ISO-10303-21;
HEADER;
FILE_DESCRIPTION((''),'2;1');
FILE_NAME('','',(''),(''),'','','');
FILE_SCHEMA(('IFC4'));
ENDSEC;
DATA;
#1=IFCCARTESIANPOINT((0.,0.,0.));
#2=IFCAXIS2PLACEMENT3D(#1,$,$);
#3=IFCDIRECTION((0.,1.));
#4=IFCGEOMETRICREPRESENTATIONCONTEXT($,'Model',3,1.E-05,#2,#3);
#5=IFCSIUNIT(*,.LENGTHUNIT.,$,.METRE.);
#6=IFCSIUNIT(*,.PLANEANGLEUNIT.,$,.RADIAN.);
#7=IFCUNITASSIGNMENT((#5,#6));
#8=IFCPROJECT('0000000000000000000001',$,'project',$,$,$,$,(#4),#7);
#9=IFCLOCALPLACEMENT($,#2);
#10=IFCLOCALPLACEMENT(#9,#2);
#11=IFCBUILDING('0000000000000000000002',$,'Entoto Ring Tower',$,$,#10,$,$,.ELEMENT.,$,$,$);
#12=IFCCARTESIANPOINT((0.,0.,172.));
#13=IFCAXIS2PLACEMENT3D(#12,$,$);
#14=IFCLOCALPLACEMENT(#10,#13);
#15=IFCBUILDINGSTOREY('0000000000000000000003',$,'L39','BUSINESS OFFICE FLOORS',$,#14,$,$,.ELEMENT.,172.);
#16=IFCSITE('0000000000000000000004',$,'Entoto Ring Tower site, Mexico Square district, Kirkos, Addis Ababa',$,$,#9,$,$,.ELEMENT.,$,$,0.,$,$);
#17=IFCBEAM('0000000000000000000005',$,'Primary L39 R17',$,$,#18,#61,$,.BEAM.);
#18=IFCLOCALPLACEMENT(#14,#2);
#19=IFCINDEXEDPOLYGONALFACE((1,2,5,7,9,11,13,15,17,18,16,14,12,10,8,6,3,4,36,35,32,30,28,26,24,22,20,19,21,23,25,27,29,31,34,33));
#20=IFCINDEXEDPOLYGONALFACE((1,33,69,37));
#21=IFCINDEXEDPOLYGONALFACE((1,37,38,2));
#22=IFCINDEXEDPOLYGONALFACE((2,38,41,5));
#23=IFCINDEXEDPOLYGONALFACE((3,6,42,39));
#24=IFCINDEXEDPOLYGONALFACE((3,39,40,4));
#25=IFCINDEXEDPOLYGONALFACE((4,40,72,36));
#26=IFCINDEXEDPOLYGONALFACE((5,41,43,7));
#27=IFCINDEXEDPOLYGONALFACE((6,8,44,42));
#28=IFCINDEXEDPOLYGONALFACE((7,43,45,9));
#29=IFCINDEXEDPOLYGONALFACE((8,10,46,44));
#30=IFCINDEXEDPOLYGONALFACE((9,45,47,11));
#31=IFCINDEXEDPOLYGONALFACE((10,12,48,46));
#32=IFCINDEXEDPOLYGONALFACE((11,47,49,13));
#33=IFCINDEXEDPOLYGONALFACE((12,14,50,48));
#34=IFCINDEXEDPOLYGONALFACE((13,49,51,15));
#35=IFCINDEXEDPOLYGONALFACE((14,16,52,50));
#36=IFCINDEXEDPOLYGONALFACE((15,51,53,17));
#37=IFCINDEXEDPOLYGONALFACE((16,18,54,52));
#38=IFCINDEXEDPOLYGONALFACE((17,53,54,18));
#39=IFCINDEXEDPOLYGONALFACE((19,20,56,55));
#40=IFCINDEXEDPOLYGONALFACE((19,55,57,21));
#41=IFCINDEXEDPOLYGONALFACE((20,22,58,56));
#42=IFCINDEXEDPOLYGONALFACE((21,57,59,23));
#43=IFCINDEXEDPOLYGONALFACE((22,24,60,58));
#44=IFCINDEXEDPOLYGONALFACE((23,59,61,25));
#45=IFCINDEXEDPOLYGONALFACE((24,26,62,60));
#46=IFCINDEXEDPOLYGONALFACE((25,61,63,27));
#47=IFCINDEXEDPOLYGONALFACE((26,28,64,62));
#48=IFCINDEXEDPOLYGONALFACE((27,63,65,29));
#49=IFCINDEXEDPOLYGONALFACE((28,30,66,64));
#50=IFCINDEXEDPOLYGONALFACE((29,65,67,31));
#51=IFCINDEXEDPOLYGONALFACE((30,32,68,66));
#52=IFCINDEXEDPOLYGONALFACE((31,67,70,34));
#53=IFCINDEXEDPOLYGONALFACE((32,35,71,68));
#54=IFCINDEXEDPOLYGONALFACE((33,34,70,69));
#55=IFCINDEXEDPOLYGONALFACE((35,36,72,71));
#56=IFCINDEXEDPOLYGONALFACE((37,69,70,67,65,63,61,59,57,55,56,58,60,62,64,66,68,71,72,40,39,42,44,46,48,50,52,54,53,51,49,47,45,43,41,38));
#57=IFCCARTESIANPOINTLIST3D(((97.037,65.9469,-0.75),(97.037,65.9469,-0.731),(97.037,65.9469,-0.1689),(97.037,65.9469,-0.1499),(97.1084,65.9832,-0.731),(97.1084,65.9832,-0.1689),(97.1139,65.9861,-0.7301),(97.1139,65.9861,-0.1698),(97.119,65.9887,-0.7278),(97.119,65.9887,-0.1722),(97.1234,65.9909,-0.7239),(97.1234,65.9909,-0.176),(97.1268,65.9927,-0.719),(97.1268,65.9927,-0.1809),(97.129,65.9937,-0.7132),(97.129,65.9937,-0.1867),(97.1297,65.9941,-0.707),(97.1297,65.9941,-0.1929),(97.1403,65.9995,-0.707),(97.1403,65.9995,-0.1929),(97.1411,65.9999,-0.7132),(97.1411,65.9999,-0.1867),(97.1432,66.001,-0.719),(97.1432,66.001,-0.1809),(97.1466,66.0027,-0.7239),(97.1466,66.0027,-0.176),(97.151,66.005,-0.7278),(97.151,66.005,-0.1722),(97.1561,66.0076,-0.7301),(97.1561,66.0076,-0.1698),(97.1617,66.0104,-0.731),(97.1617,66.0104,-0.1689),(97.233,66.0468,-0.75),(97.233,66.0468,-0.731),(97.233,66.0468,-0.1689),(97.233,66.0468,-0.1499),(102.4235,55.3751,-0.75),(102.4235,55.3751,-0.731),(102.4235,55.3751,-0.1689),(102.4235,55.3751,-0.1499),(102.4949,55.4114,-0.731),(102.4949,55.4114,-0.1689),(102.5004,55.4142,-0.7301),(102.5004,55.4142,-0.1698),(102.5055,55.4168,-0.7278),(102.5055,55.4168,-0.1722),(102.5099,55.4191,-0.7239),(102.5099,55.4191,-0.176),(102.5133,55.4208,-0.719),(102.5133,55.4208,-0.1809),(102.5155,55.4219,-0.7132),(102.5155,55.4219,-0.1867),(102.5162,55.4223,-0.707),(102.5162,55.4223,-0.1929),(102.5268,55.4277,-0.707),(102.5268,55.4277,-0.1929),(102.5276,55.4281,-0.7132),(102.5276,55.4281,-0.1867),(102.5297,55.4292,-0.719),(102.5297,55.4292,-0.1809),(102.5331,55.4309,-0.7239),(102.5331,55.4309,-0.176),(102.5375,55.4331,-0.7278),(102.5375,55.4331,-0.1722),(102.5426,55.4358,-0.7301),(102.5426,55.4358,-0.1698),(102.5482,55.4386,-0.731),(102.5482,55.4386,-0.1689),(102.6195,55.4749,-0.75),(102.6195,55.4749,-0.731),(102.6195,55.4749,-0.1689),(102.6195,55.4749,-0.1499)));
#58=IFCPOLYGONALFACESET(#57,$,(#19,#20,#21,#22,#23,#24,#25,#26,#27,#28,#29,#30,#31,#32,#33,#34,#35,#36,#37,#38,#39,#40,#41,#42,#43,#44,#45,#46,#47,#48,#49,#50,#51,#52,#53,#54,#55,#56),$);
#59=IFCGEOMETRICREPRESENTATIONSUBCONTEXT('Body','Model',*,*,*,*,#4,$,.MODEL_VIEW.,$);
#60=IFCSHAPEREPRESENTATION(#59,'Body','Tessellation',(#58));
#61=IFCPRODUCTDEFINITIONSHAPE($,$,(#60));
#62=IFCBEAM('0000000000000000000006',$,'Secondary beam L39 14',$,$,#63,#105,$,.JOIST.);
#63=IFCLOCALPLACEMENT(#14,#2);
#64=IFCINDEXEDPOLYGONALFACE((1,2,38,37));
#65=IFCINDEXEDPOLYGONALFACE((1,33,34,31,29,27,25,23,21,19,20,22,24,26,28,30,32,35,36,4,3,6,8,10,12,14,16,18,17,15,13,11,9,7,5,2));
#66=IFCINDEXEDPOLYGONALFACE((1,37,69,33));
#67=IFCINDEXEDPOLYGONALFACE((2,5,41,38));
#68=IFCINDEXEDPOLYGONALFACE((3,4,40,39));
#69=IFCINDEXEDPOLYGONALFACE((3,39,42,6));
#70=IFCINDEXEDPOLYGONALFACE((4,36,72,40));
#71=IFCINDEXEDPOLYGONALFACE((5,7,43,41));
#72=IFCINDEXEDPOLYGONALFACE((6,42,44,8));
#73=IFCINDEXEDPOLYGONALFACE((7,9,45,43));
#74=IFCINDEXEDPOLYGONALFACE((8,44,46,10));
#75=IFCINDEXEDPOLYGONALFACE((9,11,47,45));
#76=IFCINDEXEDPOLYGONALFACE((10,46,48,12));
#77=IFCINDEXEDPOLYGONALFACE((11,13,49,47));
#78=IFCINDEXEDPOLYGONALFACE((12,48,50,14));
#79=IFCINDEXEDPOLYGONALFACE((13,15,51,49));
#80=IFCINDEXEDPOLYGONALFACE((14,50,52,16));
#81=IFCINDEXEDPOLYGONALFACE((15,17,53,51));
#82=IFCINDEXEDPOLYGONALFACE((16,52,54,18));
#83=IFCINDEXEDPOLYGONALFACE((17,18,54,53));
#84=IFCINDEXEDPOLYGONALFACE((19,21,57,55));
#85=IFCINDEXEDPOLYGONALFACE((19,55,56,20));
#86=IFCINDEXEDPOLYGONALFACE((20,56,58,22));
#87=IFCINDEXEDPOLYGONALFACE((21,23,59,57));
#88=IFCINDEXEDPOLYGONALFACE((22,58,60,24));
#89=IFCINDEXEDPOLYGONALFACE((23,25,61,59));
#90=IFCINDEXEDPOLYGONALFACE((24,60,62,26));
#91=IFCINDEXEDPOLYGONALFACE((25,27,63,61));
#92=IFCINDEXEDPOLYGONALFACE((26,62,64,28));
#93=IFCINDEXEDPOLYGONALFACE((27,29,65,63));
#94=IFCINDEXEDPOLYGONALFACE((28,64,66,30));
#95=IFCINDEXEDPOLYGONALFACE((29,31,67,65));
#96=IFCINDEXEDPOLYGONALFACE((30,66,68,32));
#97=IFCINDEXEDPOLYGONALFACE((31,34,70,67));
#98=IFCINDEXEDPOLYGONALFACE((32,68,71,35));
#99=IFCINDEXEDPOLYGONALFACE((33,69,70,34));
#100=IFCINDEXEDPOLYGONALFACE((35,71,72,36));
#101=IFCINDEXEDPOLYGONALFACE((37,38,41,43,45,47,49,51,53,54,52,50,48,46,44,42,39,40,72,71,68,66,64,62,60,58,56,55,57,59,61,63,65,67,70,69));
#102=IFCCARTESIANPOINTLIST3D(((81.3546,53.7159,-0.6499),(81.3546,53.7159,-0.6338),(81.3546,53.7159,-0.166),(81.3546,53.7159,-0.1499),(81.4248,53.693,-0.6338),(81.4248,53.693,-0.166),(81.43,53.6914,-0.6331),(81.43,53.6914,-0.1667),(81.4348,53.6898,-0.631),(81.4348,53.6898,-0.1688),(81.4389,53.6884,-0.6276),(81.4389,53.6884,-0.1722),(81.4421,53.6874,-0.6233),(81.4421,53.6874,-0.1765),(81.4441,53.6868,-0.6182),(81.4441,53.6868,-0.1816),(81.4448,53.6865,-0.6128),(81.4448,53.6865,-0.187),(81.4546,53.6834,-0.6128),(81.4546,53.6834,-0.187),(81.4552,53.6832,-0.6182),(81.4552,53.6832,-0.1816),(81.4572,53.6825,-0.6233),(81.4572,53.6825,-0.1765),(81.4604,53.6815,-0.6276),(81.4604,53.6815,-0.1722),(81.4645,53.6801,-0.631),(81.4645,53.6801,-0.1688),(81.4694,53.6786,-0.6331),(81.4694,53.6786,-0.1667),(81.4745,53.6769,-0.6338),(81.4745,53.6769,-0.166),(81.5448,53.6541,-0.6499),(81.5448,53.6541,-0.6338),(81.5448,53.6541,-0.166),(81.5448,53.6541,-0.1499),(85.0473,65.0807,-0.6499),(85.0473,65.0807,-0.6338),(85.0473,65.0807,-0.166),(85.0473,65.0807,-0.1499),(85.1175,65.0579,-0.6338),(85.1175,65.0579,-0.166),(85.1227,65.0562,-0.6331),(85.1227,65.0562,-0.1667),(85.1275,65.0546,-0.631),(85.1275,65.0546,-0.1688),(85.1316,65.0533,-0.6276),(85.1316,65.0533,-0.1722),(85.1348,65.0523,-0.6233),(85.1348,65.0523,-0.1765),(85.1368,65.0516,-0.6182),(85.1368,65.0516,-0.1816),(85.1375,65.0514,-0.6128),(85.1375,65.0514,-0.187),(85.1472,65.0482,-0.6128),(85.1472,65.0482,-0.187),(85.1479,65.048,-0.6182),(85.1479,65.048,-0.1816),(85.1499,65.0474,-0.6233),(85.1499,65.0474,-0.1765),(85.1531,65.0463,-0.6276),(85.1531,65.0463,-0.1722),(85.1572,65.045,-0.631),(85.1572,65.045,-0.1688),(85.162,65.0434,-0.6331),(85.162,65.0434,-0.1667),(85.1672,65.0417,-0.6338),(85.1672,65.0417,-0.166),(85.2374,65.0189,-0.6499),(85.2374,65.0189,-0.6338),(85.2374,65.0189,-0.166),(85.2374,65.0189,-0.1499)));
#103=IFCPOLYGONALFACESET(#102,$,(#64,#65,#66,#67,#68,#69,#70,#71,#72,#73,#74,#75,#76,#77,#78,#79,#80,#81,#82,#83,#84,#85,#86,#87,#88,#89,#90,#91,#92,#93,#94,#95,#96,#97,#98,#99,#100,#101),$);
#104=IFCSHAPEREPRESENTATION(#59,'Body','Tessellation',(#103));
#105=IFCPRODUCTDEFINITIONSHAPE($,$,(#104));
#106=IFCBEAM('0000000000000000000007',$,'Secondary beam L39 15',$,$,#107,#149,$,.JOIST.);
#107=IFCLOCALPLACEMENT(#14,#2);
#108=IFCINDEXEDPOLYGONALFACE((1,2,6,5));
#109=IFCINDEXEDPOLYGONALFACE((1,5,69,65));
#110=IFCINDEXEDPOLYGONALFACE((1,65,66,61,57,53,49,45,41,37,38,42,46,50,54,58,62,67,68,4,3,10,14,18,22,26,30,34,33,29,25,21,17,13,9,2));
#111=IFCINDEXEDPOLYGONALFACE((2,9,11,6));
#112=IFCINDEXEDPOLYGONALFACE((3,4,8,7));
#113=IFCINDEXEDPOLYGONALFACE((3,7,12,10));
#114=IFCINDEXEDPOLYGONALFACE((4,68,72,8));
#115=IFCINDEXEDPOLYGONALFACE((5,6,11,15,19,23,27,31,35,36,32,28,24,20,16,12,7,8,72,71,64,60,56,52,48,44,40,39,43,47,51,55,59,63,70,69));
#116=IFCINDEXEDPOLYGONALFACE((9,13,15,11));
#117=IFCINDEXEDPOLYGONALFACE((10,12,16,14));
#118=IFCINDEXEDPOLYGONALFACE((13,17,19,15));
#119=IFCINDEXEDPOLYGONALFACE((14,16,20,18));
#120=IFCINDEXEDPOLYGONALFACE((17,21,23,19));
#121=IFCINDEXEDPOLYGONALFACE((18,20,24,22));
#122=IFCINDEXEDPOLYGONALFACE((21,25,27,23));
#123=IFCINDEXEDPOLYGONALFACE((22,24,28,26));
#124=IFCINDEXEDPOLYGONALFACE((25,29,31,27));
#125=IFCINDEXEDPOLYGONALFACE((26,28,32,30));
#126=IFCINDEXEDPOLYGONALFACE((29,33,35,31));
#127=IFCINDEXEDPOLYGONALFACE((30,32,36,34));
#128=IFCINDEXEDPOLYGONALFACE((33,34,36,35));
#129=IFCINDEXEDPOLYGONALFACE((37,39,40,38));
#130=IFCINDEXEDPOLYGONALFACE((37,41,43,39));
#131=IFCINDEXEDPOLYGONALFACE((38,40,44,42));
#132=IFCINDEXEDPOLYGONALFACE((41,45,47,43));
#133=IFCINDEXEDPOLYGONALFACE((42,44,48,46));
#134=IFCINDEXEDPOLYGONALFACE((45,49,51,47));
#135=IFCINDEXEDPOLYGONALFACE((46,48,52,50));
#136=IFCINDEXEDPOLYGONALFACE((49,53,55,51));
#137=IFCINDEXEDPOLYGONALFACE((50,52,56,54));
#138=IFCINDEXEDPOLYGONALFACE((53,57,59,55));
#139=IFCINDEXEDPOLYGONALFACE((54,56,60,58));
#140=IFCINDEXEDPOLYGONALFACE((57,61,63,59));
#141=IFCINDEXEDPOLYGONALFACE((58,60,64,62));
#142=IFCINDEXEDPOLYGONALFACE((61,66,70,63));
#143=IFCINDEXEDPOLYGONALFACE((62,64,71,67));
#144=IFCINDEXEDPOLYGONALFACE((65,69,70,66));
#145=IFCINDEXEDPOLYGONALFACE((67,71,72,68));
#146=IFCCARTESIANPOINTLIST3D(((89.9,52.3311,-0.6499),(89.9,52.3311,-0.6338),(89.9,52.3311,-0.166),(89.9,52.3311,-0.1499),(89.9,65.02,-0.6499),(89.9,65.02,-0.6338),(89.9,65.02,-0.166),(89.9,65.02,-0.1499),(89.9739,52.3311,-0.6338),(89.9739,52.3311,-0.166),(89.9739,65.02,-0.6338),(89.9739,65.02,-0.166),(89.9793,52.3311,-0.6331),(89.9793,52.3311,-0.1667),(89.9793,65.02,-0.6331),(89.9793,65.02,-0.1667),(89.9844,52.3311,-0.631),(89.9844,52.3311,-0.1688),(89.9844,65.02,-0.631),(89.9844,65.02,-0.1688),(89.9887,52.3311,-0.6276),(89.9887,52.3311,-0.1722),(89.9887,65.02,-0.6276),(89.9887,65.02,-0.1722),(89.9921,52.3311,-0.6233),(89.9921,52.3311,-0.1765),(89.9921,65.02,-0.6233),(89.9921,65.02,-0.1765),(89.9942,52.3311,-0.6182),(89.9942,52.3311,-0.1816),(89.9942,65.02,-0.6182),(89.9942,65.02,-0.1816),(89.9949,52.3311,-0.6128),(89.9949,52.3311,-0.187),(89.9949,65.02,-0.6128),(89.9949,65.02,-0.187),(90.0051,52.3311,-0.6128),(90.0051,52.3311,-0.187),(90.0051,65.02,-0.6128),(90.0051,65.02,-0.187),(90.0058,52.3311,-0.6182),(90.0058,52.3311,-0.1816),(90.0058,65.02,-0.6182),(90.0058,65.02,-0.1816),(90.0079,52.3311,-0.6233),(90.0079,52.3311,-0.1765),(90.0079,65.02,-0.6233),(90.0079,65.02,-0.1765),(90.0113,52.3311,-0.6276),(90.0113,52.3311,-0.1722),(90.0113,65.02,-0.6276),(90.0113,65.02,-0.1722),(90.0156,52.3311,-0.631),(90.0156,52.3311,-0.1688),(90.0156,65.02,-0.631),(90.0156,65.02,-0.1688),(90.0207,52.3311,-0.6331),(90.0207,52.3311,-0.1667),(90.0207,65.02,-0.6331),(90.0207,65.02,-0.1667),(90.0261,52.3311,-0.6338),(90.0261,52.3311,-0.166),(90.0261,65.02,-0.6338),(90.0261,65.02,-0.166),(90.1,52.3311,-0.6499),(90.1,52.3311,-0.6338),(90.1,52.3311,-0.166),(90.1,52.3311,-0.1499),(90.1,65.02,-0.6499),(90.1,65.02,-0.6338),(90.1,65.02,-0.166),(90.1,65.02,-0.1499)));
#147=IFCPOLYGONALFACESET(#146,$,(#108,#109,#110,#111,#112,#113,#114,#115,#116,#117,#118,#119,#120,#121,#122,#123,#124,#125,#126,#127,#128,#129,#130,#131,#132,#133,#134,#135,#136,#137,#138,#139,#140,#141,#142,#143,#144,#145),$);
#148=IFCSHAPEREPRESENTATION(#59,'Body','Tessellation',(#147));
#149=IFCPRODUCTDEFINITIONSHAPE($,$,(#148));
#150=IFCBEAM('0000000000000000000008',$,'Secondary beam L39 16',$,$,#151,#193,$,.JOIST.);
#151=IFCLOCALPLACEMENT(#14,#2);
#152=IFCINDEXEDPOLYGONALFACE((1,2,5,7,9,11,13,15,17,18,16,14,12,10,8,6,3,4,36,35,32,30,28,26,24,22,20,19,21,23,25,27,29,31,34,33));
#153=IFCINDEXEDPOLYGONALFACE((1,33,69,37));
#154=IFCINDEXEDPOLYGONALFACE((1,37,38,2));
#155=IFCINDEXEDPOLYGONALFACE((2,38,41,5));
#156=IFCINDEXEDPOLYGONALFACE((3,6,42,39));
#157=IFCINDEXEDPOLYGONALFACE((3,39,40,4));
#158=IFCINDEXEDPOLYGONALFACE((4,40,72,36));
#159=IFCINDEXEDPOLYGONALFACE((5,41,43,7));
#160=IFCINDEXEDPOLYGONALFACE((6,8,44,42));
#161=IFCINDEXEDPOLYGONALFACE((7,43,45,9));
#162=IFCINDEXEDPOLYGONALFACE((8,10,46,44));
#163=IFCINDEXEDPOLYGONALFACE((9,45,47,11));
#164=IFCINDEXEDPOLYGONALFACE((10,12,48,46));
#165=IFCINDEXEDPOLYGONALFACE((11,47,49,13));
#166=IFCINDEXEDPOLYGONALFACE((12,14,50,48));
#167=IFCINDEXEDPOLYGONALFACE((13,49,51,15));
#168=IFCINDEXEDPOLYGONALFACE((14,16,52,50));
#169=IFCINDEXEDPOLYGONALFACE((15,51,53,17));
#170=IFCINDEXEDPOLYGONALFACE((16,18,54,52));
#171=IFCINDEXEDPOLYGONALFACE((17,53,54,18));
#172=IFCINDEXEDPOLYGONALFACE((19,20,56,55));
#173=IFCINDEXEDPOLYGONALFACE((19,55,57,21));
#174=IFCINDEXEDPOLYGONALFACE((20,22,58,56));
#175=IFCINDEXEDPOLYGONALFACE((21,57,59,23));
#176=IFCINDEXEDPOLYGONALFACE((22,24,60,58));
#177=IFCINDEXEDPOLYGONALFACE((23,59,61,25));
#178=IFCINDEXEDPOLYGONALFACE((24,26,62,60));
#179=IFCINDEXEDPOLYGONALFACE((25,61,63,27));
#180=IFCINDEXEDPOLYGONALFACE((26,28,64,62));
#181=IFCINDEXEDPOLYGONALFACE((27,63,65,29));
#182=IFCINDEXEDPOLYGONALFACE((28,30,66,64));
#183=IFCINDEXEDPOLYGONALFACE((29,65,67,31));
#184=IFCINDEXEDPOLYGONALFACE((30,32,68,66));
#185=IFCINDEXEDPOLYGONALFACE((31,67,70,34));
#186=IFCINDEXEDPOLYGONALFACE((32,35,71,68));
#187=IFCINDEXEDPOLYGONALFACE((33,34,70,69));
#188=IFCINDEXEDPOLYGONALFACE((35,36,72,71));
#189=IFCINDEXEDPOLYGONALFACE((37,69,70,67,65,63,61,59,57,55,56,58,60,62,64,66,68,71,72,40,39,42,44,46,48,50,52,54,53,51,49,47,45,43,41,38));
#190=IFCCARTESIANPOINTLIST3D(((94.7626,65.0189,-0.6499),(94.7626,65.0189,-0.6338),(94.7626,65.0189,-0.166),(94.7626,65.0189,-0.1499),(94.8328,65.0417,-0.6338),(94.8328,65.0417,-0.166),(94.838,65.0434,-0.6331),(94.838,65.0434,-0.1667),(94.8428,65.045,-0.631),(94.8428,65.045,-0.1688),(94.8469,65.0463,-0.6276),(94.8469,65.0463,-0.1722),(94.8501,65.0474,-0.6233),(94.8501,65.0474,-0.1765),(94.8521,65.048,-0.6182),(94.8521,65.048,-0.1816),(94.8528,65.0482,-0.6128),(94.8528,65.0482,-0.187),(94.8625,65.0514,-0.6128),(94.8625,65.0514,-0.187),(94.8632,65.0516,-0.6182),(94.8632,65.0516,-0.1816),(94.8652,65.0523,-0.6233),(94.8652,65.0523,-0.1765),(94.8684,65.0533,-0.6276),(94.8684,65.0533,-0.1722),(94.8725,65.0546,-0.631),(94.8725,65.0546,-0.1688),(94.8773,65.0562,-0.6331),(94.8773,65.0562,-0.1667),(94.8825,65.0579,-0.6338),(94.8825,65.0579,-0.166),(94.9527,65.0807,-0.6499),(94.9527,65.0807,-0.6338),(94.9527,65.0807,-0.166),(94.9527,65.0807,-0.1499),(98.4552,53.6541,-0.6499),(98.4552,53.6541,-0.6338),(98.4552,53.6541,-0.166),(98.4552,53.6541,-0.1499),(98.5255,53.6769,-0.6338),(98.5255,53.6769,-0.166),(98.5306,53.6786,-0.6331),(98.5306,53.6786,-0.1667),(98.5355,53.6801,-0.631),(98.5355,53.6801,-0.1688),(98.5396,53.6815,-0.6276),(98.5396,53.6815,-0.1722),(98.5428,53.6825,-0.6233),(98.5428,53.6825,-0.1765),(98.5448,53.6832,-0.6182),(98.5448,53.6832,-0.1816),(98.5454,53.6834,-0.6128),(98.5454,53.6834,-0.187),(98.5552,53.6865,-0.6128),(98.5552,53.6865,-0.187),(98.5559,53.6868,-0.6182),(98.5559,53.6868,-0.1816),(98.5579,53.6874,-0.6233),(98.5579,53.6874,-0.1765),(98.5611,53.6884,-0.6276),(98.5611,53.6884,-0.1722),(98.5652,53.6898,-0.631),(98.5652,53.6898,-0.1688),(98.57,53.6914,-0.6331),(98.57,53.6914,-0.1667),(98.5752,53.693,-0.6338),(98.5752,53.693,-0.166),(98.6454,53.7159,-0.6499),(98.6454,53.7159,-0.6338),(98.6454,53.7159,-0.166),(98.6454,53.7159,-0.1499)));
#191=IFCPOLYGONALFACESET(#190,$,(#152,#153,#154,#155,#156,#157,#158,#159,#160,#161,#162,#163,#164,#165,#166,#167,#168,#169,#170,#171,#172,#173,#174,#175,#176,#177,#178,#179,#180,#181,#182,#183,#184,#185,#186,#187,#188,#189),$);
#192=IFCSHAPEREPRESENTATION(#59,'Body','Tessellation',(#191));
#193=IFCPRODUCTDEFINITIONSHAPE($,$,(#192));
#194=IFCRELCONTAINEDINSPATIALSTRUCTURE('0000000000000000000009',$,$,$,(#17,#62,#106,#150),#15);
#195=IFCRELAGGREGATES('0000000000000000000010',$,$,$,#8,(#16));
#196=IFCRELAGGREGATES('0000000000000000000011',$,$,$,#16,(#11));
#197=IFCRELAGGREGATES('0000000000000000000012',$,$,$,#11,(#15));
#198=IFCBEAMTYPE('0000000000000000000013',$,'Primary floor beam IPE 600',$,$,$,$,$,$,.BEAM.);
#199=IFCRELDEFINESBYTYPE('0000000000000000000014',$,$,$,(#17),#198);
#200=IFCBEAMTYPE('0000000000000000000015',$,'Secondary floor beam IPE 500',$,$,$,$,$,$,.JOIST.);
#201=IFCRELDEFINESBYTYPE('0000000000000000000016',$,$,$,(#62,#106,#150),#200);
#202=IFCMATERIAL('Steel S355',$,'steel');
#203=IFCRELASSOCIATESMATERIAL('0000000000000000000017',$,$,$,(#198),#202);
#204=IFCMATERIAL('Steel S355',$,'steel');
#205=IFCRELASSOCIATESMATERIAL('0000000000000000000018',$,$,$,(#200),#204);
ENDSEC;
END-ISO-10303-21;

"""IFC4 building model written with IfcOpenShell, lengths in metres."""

from ifc_helpers import new_model, si_unit, direction, frame, origin, origin_2d, place, context, subcontext, project, spatial, i_section, extrude, material, material_profile, profile_set, type_object, element, save


model = new_model("IFC4")

# Units and contexts
model_context = context("Model", 3, precision=1e-05, world=origin(), true_north=direction((0.0, 1.0)))
body_context = subcontext(model_context, "Body", "Model", "MODEL_VIEW")
ifc_project = project(units=[si_unit("LENGTHUNIT", "METRE"), si_unit("PLANEANGLEUNIT", "RADIAN")], contexts=[model_context])

# Site, building, storey
site_placement = place(None, origin())
site = spatial("IfcSite", under=ifc_project, at=site_placement, Name="Entoto Ring Tower site, Mexico Square district, Kirkos, Addis Ababa", CompositionType="ELEMENT", RefElevation=0.0)
building_placement = place(site_placement, origin())
building = spatial("IfcBuilding", under=site, at=building_placement, Name="Entoto Ring Tower", CompositionType="ELEMENT")
storey_placement = place(building_placement, frame((0.0, 0.0, 172.0)))
storey = spatial("IfcBuildingStorey", under=building, at=storey_placement, Name="L39", Description="BUSINESS OFFICE FLOORS", CompositionType="ELEMENT", Elevation=172.0)

# Beams
ifc_material_1 = material(Name="Steel S355", Category="steel")
ifc_material_profile_1 = material_profile(ifc_material_1, i_section(OverallWidth=0.22, OverallDepth=0.6001, WebThickness=0.012, FlangeThickness=0.019, FilletRadius=0.0239, at=origin_2d()), Name="IPE 600")
ifc_profile_set_1 = profile_set([ifc_material_profile_1], Name="Steel S355")
beam_type_1 = type_object("IfcBeamType", Name="Primary floor beam IPE 600", PredefinedType="BEAM", material=ifc_profile_set_1)
beam_1_placement = place(storey_placement, frame((97.135, 65.9968, -0.45), z_axis=(0.453983, -0.89101, 0.0), x_axis=(0.89101, 0.453983, 0.0)))
element("IfcBeam", 1, at=beam_1_placement, inside=storey, type_object=beam_type_1, Name="Primary L39 R17", PredefinedType="BEAM", context=body_context, shape_type="SweptSolid", body=[
    extrude(i_section(OverallWidth=0.22, OverallDepth=0.6001, WebThickness=0.012, FlangeThickness=0.019, FilletRadius=0.0239, at=origin_2d()), origin(), (0.0, 0.0, 1.0), 11.865),
])
ifc_material_2 = material(Name="Steel S355", Category="steel")
ifc_material_profile_2 = material_profile(ifc_material_2, i_section(OverallWidth=0.2, OverallDepth=0.5, WebThickness=0.0103, FlangeThickness=0.0161, FilletRadius=0.021, at=origin_2d()), Name="IPE 500")
ifc_profile_set_2 = profile_set([ifc_material_profile_2], Name="Steel S355")
beam_type_2 = type_object("IfcBeamType", Name="Secondary floor beam IPE 500", PredefinedType="JOIST", material=ifc_profile_set_2)
beam_2_placement = place(storey_placement, frame((85.1423, 65.0498, -0.3999), z_axis=(-0.309017, -0.951057, 0.0), x_axis=(0.951057, -0.309017, 0.0)))
element("IfcBeam", 2, at=beam_2_placement, inside=storey, type_object=beam_type_2, Name="Secondary beam L39 14", PredefinedType="JOIST", context=body_context, shape_type="SweptSolid", body=[
    extrude(i_section(OverallWidth=0.2, OverallDepth=0.5, WebThickness=0.0103, FlangeThickness=0.0161, FilletRadius=0.021, at=origin_2d()), origin(), (0.0, 0.0, 1.0), 11.9497),
])
beam_3_placement = place(storey_placement, frame((90.0, 65.02, -0.3999), z_axis=(0.0, -1.0, 0.0), x_axis=(1.0, 0.0, 0.0)))
element("IfcBeam", 3, at=beam_3_placement, inside=storey, type_object=beam_type_2, Name="Secondary beam L39 15", PredefinedType="JOIST", context=body_context, shape_type="SweptSolid", body=[
    extrude(i_section(OverallWidth=0.2, OverallDepth=0.5, WebThickness=0.0103, FlangeThickness=0.0161, FilletRadius=0.021, at=origin_2d()), origin(), (0.0, 0.0, 1.0), 12.689),
])
beam_4_placement = place(storey_placement, frame((94.8577, 65.0498, -0.3999), z_axis=(0.309017, -0.951057, 0.0), x_axis=(0.951057, 0.309017, 0.0)))
element("IfcBeam", 4, at=beam_4_placement, inside=storey, type_object=beam_type_2, Name="Secondary beam L39 16", PredefinedType="JOIST", context=body_context, shape_type="SweptSolid", body=[
    extrude(i_section(OverallWidth=0.2, OverallDepth=0.5, WebThickness=0.0103, FlangeThickness=0.0161, FilletRadius=0.021, at=origin_2d()), origin(), (0.0, 0.0, 1.0), 11.9497),
])

save(model, "model.ifc")
